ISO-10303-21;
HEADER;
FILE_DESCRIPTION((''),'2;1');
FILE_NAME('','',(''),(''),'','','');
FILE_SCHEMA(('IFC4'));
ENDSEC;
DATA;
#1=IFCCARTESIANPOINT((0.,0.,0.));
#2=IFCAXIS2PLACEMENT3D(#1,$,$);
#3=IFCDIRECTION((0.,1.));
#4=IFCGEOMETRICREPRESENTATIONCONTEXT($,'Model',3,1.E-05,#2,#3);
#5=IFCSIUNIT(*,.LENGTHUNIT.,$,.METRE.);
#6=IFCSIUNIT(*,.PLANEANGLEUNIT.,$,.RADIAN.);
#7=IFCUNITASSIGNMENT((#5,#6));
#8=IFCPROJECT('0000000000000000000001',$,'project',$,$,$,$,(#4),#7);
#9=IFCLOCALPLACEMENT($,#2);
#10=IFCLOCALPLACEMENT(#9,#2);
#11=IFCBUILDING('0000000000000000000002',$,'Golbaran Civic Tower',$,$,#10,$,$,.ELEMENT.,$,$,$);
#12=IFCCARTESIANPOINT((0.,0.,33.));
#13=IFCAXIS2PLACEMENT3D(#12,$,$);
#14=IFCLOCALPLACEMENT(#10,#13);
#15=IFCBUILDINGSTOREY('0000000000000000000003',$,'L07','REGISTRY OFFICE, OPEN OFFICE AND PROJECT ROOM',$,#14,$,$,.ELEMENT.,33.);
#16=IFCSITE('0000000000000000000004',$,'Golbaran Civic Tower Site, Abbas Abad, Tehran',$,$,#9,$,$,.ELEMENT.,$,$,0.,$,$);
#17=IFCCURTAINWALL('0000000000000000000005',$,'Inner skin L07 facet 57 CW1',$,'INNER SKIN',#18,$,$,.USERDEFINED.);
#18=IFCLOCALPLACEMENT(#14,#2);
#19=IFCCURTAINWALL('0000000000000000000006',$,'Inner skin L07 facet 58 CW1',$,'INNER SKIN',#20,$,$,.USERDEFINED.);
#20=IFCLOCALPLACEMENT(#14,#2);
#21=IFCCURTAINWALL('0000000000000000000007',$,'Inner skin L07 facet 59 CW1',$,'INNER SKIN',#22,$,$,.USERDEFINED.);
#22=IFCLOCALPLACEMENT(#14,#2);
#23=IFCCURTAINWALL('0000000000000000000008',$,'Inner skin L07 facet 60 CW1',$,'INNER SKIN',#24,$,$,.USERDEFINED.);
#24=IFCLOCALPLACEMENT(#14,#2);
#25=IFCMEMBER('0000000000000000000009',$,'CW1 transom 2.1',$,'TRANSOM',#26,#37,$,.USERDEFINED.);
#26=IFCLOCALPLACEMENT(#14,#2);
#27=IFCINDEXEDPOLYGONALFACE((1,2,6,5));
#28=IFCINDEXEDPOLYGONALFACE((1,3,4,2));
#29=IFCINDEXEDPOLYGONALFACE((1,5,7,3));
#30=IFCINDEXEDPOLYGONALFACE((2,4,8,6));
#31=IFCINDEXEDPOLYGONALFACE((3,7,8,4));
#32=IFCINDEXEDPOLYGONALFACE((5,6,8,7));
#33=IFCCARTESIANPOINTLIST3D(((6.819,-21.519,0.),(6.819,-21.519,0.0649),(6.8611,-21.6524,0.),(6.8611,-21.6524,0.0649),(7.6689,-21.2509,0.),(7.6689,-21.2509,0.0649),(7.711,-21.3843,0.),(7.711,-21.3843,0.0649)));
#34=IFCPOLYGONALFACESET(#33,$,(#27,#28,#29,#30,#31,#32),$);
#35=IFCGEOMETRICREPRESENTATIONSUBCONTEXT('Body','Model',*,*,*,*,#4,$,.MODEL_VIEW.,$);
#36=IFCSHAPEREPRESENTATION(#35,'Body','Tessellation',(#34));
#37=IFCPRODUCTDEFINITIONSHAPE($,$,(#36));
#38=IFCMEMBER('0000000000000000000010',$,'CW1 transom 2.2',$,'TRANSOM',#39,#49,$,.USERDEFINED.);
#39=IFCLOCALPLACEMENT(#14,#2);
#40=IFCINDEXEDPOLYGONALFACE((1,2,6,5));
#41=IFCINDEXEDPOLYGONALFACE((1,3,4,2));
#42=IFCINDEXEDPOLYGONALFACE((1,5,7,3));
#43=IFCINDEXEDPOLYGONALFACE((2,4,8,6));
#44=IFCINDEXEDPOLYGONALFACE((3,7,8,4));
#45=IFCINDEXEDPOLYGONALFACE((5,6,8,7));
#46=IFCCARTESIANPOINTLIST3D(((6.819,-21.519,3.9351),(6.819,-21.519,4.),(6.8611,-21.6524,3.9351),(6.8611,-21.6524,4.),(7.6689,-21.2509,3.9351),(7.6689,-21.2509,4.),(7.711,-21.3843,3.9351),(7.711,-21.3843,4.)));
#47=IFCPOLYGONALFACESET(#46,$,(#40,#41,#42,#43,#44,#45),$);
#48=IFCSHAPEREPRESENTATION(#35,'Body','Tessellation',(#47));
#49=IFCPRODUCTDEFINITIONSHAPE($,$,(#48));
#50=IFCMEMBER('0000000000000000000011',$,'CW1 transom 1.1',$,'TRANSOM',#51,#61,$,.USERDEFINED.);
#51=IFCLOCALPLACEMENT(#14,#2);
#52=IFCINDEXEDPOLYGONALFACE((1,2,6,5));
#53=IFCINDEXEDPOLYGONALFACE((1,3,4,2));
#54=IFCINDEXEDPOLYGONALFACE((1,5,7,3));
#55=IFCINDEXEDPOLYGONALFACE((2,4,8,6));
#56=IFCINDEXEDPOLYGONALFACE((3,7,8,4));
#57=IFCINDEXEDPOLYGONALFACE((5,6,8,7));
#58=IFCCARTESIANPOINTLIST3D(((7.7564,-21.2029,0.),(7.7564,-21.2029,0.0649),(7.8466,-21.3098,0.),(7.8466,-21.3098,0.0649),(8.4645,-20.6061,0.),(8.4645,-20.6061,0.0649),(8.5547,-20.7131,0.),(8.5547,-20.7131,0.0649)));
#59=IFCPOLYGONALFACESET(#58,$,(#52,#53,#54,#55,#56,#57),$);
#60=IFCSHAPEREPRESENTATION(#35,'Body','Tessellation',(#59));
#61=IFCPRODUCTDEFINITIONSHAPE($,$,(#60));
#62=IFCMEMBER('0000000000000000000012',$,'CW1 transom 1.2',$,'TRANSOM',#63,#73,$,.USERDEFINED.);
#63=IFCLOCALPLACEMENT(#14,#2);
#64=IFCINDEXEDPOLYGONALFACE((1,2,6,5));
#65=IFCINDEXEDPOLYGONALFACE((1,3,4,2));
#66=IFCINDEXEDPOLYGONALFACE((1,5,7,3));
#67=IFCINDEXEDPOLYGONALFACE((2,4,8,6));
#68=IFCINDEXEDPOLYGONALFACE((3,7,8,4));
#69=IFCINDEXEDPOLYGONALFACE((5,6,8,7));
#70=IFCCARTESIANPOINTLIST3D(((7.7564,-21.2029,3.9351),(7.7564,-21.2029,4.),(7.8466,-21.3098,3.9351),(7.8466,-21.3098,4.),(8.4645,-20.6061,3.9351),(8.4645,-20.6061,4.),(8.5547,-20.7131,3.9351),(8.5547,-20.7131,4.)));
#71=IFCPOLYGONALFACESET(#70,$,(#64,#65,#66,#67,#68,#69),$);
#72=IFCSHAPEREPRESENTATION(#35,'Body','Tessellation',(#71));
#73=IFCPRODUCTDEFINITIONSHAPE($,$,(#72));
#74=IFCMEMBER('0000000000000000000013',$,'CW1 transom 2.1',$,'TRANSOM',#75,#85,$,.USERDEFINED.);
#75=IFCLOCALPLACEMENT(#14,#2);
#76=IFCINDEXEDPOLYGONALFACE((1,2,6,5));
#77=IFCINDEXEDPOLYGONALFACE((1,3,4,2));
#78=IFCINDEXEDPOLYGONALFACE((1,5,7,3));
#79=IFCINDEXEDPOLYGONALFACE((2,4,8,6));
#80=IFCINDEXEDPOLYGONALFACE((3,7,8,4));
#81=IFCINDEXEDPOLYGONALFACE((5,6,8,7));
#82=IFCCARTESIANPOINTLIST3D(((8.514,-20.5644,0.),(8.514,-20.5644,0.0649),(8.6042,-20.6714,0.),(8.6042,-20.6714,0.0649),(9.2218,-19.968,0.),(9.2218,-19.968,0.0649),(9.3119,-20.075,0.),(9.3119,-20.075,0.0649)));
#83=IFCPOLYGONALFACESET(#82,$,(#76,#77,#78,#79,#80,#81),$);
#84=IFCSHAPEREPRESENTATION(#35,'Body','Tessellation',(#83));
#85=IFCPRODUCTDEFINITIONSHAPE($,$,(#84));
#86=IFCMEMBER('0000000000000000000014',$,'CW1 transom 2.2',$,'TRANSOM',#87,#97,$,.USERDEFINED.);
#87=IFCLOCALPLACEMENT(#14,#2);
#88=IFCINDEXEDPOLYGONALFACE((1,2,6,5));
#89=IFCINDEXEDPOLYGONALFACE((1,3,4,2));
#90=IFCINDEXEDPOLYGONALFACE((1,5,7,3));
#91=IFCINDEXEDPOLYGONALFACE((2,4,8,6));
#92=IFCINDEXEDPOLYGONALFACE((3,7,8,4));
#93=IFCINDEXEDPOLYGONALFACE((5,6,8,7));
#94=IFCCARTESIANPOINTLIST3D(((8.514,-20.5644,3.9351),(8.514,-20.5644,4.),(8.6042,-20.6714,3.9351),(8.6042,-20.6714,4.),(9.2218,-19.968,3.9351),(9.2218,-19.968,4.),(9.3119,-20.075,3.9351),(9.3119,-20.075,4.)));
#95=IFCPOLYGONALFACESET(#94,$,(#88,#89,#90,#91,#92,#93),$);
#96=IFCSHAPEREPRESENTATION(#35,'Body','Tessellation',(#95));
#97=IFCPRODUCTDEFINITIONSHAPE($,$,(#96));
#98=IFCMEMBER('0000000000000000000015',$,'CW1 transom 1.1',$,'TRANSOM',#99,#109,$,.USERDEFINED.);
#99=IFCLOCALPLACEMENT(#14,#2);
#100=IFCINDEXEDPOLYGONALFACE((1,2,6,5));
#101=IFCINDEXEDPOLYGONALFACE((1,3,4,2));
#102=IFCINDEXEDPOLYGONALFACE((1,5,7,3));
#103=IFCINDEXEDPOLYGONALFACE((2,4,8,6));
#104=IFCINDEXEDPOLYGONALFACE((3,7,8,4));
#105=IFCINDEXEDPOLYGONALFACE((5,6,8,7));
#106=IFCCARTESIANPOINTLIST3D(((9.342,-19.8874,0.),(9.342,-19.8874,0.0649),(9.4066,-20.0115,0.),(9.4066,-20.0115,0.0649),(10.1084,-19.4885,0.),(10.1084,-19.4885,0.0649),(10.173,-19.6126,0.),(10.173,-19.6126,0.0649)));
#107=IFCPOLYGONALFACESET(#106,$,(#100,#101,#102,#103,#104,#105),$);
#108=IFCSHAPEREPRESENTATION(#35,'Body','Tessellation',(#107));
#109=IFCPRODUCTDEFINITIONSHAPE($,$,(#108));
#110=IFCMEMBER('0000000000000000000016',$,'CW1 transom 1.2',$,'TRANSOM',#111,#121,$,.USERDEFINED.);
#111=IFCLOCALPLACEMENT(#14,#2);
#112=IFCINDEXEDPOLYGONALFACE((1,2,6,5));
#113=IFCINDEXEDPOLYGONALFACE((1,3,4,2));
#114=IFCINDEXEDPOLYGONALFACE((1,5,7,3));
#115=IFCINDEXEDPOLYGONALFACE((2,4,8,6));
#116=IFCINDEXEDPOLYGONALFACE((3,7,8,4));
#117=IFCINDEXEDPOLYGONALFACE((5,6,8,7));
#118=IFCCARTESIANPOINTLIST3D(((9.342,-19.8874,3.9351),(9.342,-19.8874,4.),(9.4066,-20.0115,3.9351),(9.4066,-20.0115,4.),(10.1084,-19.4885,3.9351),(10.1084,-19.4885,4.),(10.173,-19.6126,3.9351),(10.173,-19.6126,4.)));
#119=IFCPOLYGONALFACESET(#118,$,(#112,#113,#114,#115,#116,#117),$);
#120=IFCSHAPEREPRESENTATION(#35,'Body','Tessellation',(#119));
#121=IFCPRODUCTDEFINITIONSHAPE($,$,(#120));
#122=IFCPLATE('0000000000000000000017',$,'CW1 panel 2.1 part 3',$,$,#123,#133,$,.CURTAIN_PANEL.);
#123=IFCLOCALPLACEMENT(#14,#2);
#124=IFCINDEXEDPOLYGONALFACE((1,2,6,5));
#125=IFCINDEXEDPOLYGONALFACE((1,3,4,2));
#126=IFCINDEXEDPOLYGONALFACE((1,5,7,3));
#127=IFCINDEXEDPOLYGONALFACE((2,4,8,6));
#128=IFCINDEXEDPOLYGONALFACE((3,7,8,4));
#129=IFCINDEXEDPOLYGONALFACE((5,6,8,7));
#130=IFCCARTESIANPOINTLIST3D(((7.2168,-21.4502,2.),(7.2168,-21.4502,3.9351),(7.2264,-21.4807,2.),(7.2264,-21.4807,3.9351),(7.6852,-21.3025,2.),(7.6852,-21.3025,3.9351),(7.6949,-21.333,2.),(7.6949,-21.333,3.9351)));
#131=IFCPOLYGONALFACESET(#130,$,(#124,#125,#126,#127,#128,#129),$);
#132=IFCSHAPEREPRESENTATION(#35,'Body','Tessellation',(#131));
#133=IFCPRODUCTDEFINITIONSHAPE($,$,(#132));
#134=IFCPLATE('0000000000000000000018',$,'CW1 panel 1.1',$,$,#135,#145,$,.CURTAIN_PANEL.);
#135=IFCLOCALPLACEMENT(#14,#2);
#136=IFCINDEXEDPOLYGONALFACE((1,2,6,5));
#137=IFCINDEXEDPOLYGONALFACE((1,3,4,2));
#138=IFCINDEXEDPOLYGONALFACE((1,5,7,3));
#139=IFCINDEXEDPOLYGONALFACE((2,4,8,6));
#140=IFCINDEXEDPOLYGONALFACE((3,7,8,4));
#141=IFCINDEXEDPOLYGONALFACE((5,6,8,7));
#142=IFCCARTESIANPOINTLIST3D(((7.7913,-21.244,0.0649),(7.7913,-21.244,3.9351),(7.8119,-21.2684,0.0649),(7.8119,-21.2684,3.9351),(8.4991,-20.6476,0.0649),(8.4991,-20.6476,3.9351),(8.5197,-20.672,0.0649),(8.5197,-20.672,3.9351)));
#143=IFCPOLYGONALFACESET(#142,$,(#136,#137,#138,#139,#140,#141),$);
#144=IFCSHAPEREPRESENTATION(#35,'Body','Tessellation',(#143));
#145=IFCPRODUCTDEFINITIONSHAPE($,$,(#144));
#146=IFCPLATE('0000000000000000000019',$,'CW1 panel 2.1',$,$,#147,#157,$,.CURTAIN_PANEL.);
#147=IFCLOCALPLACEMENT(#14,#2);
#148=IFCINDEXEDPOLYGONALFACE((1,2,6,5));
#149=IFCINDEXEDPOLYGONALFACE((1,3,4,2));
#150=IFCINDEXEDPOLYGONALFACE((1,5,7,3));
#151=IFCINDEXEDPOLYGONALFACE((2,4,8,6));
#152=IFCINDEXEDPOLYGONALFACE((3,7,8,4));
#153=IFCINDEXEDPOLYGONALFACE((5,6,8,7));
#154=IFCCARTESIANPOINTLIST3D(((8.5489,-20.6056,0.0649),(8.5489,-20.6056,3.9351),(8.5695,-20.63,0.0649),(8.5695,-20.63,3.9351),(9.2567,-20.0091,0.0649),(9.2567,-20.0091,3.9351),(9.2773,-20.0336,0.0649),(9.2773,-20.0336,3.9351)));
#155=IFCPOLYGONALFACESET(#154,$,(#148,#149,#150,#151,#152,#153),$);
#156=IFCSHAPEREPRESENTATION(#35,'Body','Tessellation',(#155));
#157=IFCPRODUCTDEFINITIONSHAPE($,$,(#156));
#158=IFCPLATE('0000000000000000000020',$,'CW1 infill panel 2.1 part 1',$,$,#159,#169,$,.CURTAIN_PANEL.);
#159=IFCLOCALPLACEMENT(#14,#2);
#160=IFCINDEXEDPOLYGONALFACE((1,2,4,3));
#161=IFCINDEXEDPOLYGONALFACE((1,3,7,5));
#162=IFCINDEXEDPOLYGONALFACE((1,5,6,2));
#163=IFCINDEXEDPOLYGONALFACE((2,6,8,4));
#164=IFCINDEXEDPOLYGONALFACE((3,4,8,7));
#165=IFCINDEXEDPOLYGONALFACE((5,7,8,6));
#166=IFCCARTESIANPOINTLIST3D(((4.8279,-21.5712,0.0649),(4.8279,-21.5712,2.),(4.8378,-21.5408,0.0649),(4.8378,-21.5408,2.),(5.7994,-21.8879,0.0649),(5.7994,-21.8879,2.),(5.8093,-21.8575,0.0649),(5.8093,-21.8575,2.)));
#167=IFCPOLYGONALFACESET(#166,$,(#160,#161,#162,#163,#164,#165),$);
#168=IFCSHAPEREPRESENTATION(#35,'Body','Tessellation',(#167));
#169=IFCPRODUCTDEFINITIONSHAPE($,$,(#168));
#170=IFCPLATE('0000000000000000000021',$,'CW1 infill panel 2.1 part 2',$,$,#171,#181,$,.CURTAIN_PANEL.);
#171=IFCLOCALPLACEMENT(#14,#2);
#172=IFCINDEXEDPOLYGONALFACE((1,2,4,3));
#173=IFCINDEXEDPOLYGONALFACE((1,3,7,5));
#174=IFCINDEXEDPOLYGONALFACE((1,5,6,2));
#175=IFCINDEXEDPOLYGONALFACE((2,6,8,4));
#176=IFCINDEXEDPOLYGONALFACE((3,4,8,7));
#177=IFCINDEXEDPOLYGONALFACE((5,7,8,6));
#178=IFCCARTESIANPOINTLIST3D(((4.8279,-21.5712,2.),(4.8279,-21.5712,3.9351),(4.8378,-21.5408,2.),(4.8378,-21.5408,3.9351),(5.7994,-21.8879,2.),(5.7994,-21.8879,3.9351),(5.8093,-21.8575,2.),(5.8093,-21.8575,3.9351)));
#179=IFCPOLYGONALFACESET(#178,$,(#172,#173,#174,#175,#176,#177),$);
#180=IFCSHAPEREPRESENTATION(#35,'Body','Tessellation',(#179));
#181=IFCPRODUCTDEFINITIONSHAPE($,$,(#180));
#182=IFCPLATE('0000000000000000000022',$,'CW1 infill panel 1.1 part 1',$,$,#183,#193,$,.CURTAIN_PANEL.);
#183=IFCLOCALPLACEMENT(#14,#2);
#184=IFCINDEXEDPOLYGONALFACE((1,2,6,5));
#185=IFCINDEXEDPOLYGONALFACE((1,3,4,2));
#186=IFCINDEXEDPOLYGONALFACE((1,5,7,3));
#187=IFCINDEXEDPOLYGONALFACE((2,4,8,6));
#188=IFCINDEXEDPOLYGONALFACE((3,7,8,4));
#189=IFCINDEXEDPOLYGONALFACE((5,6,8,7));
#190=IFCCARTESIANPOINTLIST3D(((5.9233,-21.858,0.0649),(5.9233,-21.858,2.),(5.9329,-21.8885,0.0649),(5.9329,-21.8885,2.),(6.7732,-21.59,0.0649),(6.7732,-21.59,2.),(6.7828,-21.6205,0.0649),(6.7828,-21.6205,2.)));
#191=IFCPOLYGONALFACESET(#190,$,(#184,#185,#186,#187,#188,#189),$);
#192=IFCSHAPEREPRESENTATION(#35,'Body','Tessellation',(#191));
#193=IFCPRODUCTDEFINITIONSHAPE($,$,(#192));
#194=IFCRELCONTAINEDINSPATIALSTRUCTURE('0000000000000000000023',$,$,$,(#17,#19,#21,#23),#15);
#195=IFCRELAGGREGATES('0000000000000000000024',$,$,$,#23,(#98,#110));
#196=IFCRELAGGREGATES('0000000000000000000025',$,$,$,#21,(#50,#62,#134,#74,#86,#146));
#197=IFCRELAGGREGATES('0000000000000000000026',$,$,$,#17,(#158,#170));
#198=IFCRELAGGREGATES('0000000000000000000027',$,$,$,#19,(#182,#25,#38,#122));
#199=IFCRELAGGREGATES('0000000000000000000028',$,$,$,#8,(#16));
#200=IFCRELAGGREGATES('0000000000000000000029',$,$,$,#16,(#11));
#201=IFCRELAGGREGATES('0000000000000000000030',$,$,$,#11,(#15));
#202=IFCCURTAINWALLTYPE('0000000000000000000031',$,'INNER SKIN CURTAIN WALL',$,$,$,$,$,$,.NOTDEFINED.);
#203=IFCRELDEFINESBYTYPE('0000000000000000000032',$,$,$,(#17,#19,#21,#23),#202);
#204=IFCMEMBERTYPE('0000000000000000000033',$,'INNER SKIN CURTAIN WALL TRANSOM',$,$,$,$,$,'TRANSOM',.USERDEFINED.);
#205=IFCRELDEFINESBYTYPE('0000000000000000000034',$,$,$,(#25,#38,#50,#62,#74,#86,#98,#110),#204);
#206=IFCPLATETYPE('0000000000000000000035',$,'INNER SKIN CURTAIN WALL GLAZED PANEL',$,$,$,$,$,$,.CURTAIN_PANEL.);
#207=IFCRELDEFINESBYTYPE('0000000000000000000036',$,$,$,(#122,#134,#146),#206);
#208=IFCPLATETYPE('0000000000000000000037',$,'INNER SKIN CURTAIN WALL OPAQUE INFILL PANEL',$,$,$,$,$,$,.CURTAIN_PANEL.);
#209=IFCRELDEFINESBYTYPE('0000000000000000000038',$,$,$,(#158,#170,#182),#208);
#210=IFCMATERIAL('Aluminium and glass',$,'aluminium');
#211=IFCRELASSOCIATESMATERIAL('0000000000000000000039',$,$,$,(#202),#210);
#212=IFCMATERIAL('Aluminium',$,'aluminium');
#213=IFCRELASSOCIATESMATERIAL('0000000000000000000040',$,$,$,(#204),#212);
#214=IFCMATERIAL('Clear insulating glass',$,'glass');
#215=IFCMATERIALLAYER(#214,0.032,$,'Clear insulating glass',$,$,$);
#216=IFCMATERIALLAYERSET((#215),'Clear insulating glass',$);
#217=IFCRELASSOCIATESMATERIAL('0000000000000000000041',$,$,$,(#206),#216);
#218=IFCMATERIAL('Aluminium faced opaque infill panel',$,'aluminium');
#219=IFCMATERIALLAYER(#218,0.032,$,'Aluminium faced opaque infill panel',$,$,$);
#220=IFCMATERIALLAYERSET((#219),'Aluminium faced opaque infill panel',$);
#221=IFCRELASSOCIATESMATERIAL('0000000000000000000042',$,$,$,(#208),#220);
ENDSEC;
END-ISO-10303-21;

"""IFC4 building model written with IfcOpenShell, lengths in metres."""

from ifc_helpers import new_model, si_unit, direction, frame, origin, origin_2d, place, context, subcontext, project, spatial, rectangle, extrude, material, layer, layer_set, material_profile, profile_set, type_object, element, aggregate, save


model = new_model("IFC4")

# Units and contexts
model_context = context("Model", 3, precision=1e-05, world=origin(), true_north=direction((0.0, 1.0)))
body_context = subcontext(model_context, "Body", "Model", "MODEL_VIEW")
ifc_project = project(units=[si_unit("LENGTHUNIT", "METRE"), si_unit("PLANEANGLEUNIT", "RADIAN")], contexts=[model_context])

# Site, building, storey
site_placement = place(None, origin())
site = spatial("IfcSite", under=ifc_project, at=site_placement, Name="Golbaran Civic Tower Site, Abbas Abad, Tehran", CompositionType="ELEMENT", RefElevation=0.0)
building_placement = place(site_placement, origin())
building = spatial("IfcBuilding", under=site, at=building_placement, Name="Golbaran Civic Tower", CompositionType="ELEMENT")
storey_placement = place(building_placement, frame((0.0, 0.0, 33.0)))
storey = spatial("IfcBuildingStorey", under=building, at=storey_placement, Name="L07", Description="REGISTRY OFFICE, OPEN OFFICE AND PROJECT ROOM", CompositionType="ELEMENT", Elevation=33.0)

# Curtain wall
ifc_material_1 = material(Name="Aluminium and glass", Category="aluminium")
curtain_wall_type = type_object("IfcCurtainWallType", Name="INNER SKIN CURTAIN WALL", PredefinedType="NOTDEFINED", material=ifc_material_1)
curtain_wall_1_placement = place(storey_placement, origin())
curtain_wall_1 = element("IfcCurtainWall", 1, at=curtain_wall_1_placement, inside=storey, type_object=curtain_wall_type, Name="Inner skin L07 facet 57 CW1", ObjectType="INNER SKIN", PredefinedType="USERDEFINED")
ifc_material_2 = material(Name="Aluminium", Category="aluminium")

# Curtain walls
curtain_wall_2_placement = place(storey_placement, origin())
curtain_wall_2 = element("IfcCurtainWall", 2, at=curtain_wall_2_placement, inside=storey, type_object=curtain_wall_type, Name="Inner skin L07 facet 58 CW1", ObjectType="INNER SKIN", PredefinedType="USERDEFINED")
curtain_wall_3_placement = place(storey_placement, origin())
curtain_wall_3 = element("IfcCurtainWall", 3, at=curtain_wall_3_placement, inside=storey, type_object=curtain_wall_type, Name="Inner skin L07 facet 59 CW1", ObjectType="INNER SKIN", PredefinedType="USERDEFINED")

# Curtain wall
curtain_wall_4_placement = place(storey_placement, origin())
curtain_wall_4 = element("IfcCurtainWall", 4, at=curtain_wall_4_placement, inside=storey, type_object=curtain_wall_type, Name="Inner skin L07 facet 60 CW1", ObjectType="INNER SKIN", PredefinedType="USERDEFINED")

# Members
ifc_material_profile_1 = material_profile(ifc_material_2, rectangle(XDim=0.1399, YDim=0.0649, at=origin_2d()), Name="INNER SKIN CURTAIN WALL TRANSOM")
ifc_profile_set_1 = profile_set([ifc_material_profile_1], Name="Aluminium")
member_type_1 = type_object("IfcMemberType", Name="INNER SKIN CURTAIN WALL TRANSOM", ElementType="TRANSOM", PredefinedType="USERDEFINED", material=ifc_profile_set_1)
member_1_placement = place(storey_placement, frame((6.8401, -21.5857, 0.0325), z_axis=(0.953682, 0.300817, 0.0), x_axis=(-0.300817, 0.953682, 0.0)))
member_1 = element("IfcMember", 5, at=member_1_placement, type_object=member_type_1, Name="CW1 transom 2.1", ObjectType="TRANSOM", PredefinedType="USERDEFINED", context=body_context, shape_type="SweptSolid", body=[
    extrude(rectangle(XDim=0.1399, YDim=0.0649, at=origin_2d()), origin(), (0.0, 0.0, 1.0), 0.8911),
])
member_2_placement = place(storey_placement, frame((6.8401, -21.5857, 3.9675), z_axis=(0.953682, 0.300817, 0.0), x_axis=(-0.300817, 0.953682, 0.0)))
member_2 = element("IfcMember", 6, at=member_2_placement, type_object=member_type_1, Name="CW1 transom 2.2", ObjectType="TRANSOM", PredefinedType="USERDEFINED", context=body_context, shape_type="SweptSolid", body=[
    extrude(rectangle(XDim=0.1399, YDim=0.0649, at=origin_2d()), origin(), (0.0, 0.0, 1.0), 0.8911),
])
member_3_placement = place(storey_placement, frame((7.8015, -21.2563, 0.0325), z_axis=(0.764665, 0.644428, 0.0), x_axis=(-0.644428, 0.764665, 0.0)))
member_3 = element("IfcMember", 7, at=member_3_placement, type_object=member_type_1, Name="CW1 transom 1.1", ObjectType="TRANSOM", PredefinedType="USERDEFINED", context=body_context, shape_type="SweptSolid", body=[
    extrude(rectangle(XDim=0.1399, YDim=0.0649, at=origin_2d()), origin(), (0.0, 0.0, 1.0), 0.926),
])
member_4_placement = place(storey_placement, frame((7.8015, -21.2563, 3.9675), z_axis=(0.764665, 0.644428, 0.0), x_axis=(-0.644428, 0.764665, 0.0)))
member_4 = element("IfcMember", 8, at=member_4_placement, type_object=member_type_1, Name="CW1 transom 1.2", ObjectType="TRANSOM", PredefinedType="USERDEFINED", context=body_context, shape_type="SweptSolid", body=[
    extrude(rectangle(XDim=0.1399, YDim=0.0649, at=origin_2d()), origin(), (0.0, 0.0, 1.0), 0.926),
])
member_5_placement = place(storey_placement, frame((8.5591, -20.6179, 0.0325), z_axis=(0.764685, 0.644404, 0.0), x_axis=(-0.644404, 0.764685, 0.0)))
member_5 = element("IfcMember", 9, at=member_5_placement, type_object=member_type_1, Name="CW1 transom 2.1", ObjectType="TRANSOM", PredefinedType="USERDEFINED", context=body_context, shape_type="SweptSolid", body=[
    extrude(rectangle(XDim=0.1399, YDim=0.0649, at=origin_2d()), origin(), (0.0, 0.0, 1.0), 0.9255),
])
member_6_placement = place(storey_placement, frame((8.5591, -20.6179, 3.9675), z_axis=(0.764685, 0.644404, 0.0), x_axis=(-0.644404, 0.764685, 0.0)))
member_6 = element("IfcMember", 10, at=member_6_placement, type_object=member_type_1, Name="CW1 transom 2.2", ObjectType="TRANSOM", PredefinedType="USERDEFINED", context=body_context, shape_type="SweptSolid", body=[
    extrude(rectangle(XDim=0.1399, YDim=0.0649, at=origin_2d()), origin(), (0.0, 0.0, 1.0), 0.9255),
])
member_7_placement = place(storey_placement, frame((9.3743, -19.9495, 0.0325), z_axis=(0.887018, 0.461735, 0.0), x_axis=(-0.461735, 0.887018, 0.0)))
member_7 = element("IfcMember", 11, at=member_7_placement, type_object=member_type_1, Name="CW1 transom 1.1", ObjectType="TRANSOM", PredefinedType="USERDEFINED", context=body_context, shape_type="SweptSolid", body=[
    extrude(rectangle(XDim=0.1399, YDim=0.0649, at=origin_2d()), origin(), (0.0, 0.0, 1.0), 0.864),
])
member_8_placement = place(storey_placement, frame((9.3743, -19.9495, 3.9675), z_axis=(0.887018, 0.461735, 0.0), x_axis=(-0.461735, 0.887018, 0.0)))
member_8 = element("IfcMember", 12, at=member_8_placement, type_object=member_type_1, Name="CW1 transom 1.2", ObjectType="TRANSOM", PredefinedType="USERDEFINED", context=body_context, shape_type="SweptSolid", body=[
    extrude(rectangle(XDim=0.1399, YDim=0.0649, at=origin_2d()), origin(), (0.0, 0.0, 1.0), 0.864),
])
aggregate(curtain_wall_4, [member_7, member_8])

# Plates
ifc_material_3 = material(Name="Clear insulating glass", Category="glass")
ifc_layer_1 = layer(ifc_material_3, 0.032, Name="Clear insulating glass")
ifc_layer_set_1 = layer_set([ifc_layer_1], Name="Clear insulating glass")
plate_type_1 = type_object("IfcPlateType", Name="INNER SKIN CURTAIN WALL GLAZED PANEL", PredefinedType="CURTAIN_PANEL", material=ifc_layer_set_1)
plate_1_placement = place(storey_placement, frame((7.4558, -21.3916, 2.0), z_axis=(0.0, 0.0, 1.0), x_axis=(0.953717, 0.300706, 0.0)))
plate_1 = element("IfcPlate", 13, at=plate_1_placement, type_object=plate_type_1, Name="CW1 panel 2.1 part 3", PredefinedType="CURTAIN_PANEL", context=body_context, shape_type="SweptSolid", body=[
    extrude(rectangle(XDim=0.4912, YDim=0.032, at=origin_2d()), origin(), (0.0, 0.0, 1.0), 1.9351),
])
plate_2_placement = place(storey_placement, frame((8.1555, -20.958, 0.0649), z_axis=(0.0, 0.0, 1.0), x_axis=(0.764692, 0.644395, 0.0)))
plate_2 = element("IfcPlate", 14, at=plate_2_placement, type_object=plate_type_1, Name="CW1 panel 1.1", PredefinedType="CURTAIN_PANEL", context=body_context, shape_type="SweptSolid", body=[
    extrude(rectangle(XDim=0.9255, YDim=0.032, at=origin_2d()), origin(), (0.0, 0.0, 1.0), 3.8701),
])
plate_3_placement = place(storey_placement, frame((8.9131, -20.3196, 0.0649), z_axis=(0.0, 0.0, 1.0), x_axis=(0.764692, 0.644395, 0.0)))
plate_3 = element("IfcPlate", 15, at=plate_3_placement, type_object=plate_type_1, Name="CW1 panel 2.1", PredefinedType="CURTAIN_PANEL", context=body_context, shape_type="SweptSolid", body=[
    extrude(rectangle(XDim=0.9255, YDim=0.032, at=origin_2d()), origin(), (0.0, 0.0, 1.0), 3.8701),
])
aggregate(curtain_wall_3, [member_3, member_4, plate_2, member_5, member_6, plate_3])
ifc_material_4 = material(Name="Aluminium faced opaque infill panel", Category="aluminium")
ifc_layer_2 = layer(ifc_material_4, 0.032, Name="Aluminium faced opaque infill panel")
ifc_layer_set_2 = layer_set([ifc_layer_2], Name="Aluminium faced opaque infill panel")
plate_type_2 = type_object("IfcPlateType", Name="INNER SKIN CURTAIN WALL OPAQUE INFILL PANEL", PredefinedType="CURTAIN_PANEL", material=ifc_layer_set_2)
plate_4_placement = place(storey_placement, frame((5.3186, -21.7144, 0.0649), z_axis=(0.0, 0.0, 1.0), x_axis=(0.950761, -0.309925, 0.0)))
plate_4 = element("IfcPlate", 16, at=plate_4_placement, type_object=plate_type_2, Name="CW1 infill panel 2.1 part 1", PredefinedType="CURTAIN_PANEL", context=body_context, shape_type="SweptSolid", body=[
    extrude(rectangle(XDim=1.0217, YDim=0.032, at=origin_2d()), origin(), (0.0, 0.0, 1.0), 1.9351),
])
plate_5_placement = place(storey_placement, frame((5.3186, -21.7144, 2.0), z_axis=(0.0, 0.0, 1.0), x_axis=(0.950761, -0.309925, 0.0)))
plate_5 = element("IfcPlate", 17, at=plate_5_placement, type_object=plate_type_2, Name="CW1 infill panel 2.1 part 2", PredefinedType="CURTAIN_PANEL", context=body_context, shape_type="SweptSolid", body=[
    extrude(rectangle(XDim=1.0217, YDim=0.032, at=origin_2d()), origin(), (0.0, 0.0, 1.0), 1.9351),
])
aggregate(curtain_wall_1, [plate_4, plate_5])
plate_6_placement = place(storey_placement, frame((6.353, -21.7393, 0.0649), z_axis=(0.0, 0.0, 1.0), x_axis=(0.953717, 0.300706, 0.0)))
plate_6 = element("IfcPlate", 18, at=plate_6_placement, type_object=plate_type_2, Name="CW1 infill panel 1.1 part 1", PredefinedType="CURTAIN_PANEL", context=body_context, shape_type="SweptSolid", body=[
    extrude(rectangle(XDim=0.8911, YDim=0.032, at=origin_2d()), origin(), (0.0, 0.0, 1.0), 1.9351),
])
aggregate(curtain_wall_2, [plate_6, member_1, member_2, plate_1])

save(model, "model.ifc")
